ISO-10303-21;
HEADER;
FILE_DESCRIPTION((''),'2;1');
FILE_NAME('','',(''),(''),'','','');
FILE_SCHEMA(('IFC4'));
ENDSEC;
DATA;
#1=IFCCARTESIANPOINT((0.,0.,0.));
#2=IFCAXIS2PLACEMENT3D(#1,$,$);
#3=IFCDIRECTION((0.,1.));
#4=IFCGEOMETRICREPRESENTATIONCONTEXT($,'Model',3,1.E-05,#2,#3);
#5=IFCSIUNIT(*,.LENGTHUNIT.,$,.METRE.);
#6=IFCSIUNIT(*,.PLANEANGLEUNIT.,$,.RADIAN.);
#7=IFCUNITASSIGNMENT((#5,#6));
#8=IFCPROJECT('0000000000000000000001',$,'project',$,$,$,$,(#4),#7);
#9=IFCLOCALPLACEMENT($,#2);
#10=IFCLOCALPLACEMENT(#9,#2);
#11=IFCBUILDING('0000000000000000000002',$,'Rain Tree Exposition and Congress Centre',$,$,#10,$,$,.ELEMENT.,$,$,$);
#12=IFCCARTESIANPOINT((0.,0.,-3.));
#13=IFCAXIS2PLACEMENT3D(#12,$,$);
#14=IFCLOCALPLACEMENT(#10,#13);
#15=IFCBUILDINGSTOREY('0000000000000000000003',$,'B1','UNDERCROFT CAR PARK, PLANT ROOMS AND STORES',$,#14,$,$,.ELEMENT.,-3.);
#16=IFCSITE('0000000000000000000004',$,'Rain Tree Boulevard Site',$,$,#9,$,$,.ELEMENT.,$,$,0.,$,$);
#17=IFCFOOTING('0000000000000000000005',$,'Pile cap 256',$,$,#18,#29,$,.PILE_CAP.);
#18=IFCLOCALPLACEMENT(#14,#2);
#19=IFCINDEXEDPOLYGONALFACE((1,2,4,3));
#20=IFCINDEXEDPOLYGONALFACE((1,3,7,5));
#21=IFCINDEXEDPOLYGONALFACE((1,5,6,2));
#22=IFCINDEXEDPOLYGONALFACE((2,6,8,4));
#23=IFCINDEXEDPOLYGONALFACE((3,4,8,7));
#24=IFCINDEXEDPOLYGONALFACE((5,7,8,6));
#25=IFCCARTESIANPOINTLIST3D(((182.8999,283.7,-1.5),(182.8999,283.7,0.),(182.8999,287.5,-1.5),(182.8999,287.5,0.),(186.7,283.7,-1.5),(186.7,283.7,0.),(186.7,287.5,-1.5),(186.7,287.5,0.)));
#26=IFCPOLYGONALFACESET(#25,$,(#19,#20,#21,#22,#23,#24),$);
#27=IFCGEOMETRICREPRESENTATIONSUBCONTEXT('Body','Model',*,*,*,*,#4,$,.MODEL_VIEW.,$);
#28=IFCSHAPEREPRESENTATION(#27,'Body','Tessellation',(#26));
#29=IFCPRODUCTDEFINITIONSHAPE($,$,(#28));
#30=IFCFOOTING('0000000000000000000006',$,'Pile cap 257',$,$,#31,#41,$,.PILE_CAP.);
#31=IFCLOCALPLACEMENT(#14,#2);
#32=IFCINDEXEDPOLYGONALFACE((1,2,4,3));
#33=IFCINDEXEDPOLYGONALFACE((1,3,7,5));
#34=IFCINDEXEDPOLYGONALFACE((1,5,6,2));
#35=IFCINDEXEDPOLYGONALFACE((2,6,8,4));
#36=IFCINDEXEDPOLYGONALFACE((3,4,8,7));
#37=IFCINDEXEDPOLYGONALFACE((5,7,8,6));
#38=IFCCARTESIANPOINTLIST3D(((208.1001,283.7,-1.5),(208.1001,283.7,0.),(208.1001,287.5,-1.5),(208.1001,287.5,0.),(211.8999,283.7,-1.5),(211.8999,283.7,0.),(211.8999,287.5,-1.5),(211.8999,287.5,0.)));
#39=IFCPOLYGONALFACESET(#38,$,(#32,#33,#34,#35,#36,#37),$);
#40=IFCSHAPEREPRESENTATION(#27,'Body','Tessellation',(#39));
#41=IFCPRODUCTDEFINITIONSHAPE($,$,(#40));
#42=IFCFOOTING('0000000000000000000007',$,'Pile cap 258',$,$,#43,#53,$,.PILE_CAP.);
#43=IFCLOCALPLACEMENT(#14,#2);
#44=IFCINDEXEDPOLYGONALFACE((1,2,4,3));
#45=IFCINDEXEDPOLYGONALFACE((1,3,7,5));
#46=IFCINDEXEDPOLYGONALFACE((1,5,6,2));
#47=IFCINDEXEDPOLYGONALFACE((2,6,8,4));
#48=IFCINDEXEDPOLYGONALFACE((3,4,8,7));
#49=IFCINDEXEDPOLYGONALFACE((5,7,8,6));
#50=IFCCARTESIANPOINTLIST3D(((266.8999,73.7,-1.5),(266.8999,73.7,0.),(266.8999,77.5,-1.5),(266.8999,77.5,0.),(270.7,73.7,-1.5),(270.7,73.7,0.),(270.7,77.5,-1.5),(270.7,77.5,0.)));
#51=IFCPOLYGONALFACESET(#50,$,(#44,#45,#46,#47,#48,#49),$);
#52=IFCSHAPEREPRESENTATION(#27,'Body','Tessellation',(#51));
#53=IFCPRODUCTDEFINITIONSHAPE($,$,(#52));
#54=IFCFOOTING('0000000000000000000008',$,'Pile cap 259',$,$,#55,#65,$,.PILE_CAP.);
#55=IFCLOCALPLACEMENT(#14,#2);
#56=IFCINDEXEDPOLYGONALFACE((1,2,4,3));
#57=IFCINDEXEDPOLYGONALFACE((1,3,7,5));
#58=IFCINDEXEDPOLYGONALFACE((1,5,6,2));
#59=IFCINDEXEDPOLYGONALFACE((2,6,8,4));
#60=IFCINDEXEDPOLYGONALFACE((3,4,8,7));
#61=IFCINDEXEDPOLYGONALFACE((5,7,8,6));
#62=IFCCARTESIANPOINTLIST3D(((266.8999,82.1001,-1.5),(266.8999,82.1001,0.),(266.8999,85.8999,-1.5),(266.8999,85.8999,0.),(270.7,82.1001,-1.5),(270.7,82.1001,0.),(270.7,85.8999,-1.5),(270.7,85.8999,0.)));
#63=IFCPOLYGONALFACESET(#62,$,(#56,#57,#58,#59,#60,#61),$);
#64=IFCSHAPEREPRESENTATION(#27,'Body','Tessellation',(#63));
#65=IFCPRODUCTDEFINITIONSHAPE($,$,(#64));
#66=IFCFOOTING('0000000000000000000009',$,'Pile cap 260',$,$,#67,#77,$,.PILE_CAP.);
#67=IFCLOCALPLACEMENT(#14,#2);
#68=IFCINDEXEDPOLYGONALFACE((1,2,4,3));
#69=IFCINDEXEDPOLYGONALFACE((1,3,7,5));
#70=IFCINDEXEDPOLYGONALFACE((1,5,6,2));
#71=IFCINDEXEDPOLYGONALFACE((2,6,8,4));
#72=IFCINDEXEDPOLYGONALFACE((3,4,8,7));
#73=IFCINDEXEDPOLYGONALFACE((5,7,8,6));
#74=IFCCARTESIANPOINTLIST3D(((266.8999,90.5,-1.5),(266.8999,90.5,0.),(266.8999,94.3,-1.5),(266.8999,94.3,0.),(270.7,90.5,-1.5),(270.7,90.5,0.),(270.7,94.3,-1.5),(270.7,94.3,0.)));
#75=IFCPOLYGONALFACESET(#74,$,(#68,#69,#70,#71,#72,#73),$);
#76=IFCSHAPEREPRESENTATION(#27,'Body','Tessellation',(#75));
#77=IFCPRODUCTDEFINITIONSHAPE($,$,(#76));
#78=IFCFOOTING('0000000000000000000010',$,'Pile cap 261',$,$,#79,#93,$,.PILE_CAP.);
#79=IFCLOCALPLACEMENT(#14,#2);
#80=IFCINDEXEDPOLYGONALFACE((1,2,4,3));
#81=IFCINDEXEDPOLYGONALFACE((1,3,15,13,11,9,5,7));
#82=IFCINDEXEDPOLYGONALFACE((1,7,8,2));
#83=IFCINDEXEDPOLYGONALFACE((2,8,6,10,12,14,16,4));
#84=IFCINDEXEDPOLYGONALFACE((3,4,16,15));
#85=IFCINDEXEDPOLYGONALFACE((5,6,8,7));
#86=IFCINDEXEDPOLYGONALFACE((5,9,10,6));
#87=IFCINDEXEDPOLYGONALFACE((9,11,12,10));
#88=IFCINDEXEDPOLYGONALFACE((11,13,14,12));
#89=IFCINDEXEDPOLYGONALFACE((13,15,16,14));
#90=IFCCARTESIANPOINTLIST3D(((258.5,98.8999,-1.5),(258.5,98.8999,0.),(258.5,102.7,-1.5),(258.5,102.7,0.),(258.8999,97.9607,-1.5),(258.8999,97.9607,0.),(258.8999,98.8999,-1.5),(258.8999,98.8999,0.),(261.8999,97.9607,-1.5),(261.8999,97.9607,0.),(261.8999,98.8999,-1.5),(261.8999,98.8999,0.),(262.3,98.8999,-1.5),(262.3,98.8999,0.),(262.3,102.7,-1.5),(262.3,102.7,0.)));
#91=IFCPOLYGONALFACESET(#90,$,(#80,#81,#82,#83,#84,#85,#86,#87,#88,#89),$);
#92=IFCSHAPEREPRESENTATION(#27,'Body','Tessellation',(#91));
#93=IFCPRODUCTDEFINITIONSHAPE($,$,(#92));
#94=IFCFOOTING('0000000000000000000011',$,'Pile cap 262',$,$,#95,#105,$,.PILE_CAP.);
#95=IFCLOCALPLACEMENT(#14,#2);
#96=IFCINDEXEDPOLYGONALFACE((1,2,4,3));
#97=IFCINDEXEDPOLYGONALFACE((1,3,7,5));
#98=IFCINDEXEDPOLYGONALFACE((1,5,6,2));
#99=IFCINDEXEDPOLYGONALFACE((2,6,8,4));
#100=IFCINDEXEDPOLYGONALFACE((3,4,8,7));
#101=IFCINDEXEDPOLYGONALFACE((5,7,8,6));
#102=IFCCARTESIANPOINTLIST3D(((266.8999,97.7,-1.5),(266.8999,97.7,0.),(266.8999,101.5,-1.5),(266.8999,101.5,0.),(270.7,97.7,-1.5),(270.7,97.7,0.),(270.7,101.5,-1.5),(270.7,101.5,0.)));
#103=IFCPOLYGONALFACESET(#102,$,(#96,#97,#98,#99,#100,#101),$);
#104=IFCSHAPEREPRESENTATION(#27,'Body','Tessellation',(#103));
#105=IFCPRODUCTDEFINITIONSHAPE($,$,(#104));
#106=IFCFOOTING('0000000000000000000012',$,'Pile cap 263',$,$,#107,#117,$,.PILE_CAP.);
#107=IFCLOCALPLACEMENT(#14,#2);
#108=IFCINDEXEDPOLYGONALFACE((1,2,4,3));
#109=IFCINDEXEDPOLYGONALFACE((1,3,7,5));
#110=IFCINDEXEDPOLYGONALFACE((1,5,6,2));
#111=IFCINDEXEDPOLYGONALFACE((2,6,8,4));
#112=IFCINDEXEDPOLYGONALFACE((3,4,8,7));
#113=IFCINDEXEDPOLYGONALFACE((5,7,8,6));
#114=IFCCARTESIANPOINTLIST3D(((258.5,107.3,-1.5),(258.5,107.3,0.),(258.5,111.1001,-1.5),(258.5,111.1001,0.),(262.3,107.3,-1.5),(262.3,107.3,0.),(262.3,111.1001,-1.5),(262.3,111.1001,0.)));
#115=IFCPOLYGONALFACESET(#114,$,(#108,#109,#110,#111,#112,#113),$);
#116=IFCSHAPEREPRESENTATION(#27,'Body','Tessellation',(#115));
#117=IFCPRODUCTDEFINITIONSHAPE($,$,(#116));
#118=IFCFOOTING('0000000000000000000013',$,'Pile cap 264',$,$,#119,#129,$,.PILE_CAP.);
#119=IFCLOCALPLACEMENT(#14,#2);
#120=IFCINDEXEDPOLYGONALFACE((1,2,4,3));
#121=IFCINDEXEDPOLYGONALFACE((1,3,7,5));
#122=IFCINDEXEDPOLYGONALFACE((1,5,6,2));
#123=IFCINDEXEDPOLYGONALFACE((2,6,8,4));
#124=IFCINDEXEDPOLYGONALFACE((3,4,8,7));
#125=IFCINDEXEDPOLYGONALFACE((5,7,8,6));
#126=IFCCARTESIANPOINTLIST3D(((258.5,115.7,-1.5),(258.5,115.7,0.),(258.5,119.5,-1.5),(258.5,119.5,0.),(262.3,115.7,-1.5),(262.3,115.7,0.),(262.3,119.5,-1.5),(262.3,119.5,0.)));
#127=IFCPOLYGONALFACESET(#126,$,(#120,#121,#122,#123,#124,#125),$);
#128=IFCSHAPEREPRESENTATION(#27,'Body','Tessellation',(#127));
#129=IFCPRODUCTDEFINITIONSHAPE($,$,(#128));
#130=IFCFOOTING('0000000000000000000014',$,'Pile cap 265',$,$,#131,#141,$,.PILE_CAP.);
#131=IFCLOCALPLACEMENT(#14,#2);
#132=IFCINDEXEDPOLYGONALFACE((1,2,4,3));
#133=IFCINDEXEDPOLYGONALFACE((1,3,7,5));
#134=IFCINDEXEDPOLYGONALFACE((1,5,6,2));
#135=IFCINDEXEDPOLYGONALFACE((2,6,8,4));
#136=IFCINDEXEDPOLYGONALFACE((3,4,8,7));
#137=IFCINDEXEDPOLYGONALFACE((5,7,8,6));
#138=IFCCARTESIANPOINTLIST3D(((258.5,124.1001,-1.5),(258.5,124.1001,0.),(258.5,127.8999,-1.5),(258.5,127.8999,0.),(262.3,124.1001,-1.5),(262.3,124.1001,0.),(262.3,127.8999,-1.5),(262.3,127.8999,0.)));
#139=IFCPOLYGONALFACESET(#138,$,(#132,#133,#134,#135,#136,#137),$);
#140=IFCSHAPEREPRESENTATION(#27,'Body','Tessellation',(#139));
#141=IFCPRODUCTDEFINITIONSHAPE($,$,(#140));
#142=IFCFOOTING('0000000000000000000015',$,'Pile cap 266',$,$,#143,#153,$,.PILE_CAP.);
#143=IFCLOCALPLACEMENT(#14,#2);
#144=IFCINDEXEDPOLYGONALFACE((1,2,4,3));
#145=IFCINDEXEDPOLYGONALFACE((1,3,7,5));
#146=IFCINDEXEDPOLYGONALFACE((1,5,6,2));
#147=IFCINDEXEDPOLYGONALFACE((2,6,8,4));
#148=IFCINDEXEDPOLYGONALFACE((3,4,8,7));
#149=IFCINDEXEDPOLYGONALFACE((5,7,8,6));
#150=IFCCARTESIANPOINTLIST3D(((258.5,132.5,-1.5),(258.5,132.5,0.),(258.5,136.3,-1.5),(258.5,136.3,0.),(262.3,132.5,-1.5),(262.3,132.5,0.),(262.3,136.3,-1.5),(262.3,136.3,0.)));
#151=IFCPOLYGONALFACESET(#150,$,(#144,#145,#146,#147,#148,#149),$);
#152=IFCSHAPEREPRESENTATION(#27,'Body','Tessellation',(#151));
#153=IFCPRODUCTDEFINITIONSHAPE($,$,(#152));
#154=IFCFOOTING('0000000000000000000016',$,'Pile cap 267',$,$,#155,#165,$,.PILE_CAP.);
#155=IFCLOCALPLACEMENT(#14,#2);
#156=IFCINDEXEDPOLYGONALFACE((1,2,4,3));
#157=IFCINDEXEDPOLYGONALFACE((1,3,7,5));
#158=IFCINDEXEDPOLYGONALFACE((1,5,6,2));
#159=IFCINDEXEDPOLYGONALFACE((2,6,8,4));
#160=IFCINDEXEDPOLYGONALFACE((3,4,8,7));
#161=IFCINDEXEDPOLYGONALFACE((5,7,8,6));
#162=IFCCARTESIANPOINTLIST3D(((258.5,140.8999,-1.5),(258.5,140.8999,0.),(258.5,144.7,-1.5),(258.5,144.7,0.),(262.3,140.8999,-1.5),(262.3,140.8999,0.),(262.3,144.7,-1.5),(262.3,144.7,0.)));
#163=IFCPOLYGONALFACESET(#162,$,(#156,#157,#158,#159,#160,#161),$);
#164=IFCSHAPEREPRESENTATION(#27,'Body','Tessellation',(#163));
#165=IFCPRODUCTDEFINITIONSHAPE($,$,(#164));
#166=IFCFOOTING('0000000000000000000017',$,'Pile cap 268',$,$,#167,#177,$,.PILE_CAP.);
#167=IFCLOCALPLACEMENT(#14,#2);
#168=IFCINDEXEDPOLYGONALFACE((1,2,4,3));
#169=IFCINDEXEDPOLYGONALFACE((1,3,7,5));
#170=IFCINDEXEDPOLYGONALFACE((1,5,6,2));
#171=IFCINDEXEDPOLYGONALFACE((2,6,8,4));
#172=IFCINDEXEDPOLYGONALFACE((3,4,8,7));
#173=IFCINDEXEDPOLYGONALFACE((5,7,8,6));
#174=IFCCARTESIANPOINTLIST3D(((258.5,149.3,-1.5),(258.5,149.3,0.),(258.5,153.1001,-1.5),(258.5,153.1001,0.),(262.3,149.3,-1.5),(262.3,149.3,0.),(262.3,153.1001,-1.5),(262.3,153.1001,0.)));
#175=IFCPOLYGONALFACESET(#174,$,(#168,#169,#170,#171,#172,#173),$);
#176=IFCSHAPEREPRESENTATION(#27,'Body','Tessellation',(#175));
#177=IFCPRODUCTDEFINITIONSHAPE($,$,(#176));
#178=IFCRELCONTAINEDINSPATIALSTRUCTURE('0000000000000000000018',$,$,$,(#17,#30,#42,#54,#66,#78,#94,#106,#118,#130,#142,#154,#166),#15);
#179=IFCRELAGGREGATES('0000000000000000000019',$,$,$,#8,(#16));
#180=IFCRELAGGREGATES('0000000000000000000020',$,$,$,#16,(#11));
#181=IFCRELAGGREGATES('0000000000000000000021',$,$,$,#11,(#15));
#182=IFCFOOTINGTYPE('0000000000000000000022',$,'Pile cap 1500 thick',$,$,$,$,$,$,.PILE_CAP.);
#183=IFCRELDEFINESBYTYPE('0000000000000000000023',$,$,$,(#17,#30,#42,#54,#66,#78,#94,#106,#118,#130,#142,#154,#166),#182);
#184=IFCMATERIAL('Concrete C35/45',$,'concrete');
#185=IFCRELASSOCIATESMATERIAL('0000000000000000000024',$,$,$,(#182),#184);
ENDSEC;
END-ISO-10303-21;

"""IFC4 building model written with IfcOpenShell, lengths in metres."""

from ifc_helpers import new_model, si_unit, direction, frame, origin, place, context, subcontext, project, spatial, polyline, outline, extrude, material, type_object, element, save


model = new_model("IFC4")

# Units and contexts
model_context = context("Model", 3, precision=1e-05, world=origin(), true_north=direction((0.0, 1.0)))
body_context = subcontext(model_context, "Body", "Model", "MODEL_VIEW")
ifc_project = project(units=[si_unit("LENGTHUNIT", "METRE"), si_unit("PLANEANGLEUNIT", "RADIAN")], contexts=[model_context])

# Site, building, storey
site_placement = place(None, origin())
site = spatial("IfcSite", under=ifc_project, at=site_placement, Name="Rain Tree Boulevard Site", CompositionType="ELEMENT", RefElevation=0.0)
building_placement = place(site_placement, origin())
building = spatial("IfcBuilding", under=site, at=building_placement, Name="Rain Tree Exposition and Congress Centre", CompositionType="ELEMENT")
storey_placement = place(building_placement, frame((0.0, 0.0, -3.0)))
storey = spatial("IfcBuildingStorey", under=building, at=storey_placement, Name="B1", Description="UNDERCROFT CAR PARK, PLANT ROOMS AND STORES", CompositionType="ELEMENT", Elevation=-3.0)

# Footings
ifc_material_1 = material(Name="Concrete C35/45", Category="concrete")
footing_type_1 = type_object("IfcFootingType", Name="Pile cap 1500 thick", PredefinedType="PILE_CAP", material=ifc_material_1)
footing_1_placement = place(storey_placement, frame((0.0, 0.0, -1.5)))
element("IfcFooting", 1, at=footing_1_placement, inside=storey, type_object=footing_type_1, Name="Pile cap 256", PredefinedType="PILE_CAP", context=body_context, shape_type="SweptSolid", body=[
    extrude(outline(polyline([(186.7, 283.7), (186.7, 287.5), (182.8999, 287.5), (182.8999, 283.7), (186.7, 283.7)])), origin(), (0.0, 0.0, 1.0), 1.5),
])
footing_2_placement = place(storey_placement, frame((0.0, 0.0, -1.5)))
element("IfcFooting", 2, at=footing_2_placement, inside=storey, type_object=footing_type_1, Name="Pile cap 257", PredefinedType="PILE_CAP", context=body_context, shape_type="SweptSolid", body=[
    extrude(outline(polyline([(211.8999, 283.7), (211.8999, 287.5), (208.1001, 287.5), (208.1001, 283.7), (211.8999, 283.7)])), origin(), (0.0, 0.0, 1.0), 1.5),
])
footing_3_placement = place(storey_placement, frame((0.0, 0.0, -1.5)))
element("IfcFooting", 3, at=footing_3_placement, inside=storey, type_object=footing_type_1, Name="Pile cap 258", PredefinedType="PILE_CAP", context=body_context, shape_type="SweptSolid", body=[
    extrude(outline(polyline([(270.7, 73.7), (270.7, 77.5), (266.8999, 77.5), (266.8999, 73.7), (270.7, 73.7)])), origin(), (0.0, 0.0, 1.0), 1.5),
])
footing_4_placement = place(storey_placement, frame((0.0, 0.0, -1.5)))
element("IfcFooting", 4, at=footing_4_placement, inside=storey, type_object=footing_type_1, Name="Pile cap 259", PredefinedType="PILE_CAP", context=body_context, shape_type="SweptSolid", body=[
    extrude(outline(polyline([(270.7, 82.1001), (270.7, 85.8999), (266.8999, 85.8999), (266.8999, 82.1001), (270.7, 82.1001)])), origin(), (0.0, 0.0, 1.0), 1.5),
])
footing_5_placement = place(storey_placement, frame((0.0, 0.0, -1.5)))
element("IfcFooting", 5, at=footing_5_placement, inside=storey, type_object=footing_type_1, Name="Pile cap 260", PredefinedType="PILE_CAP", context=body_context, shape_type="SweptSolid", body=[
    extrude(outline(polyline([(270.7, 90.5), (270.7, 94.3), (266.8999, 94.3), (266.8999, 90.5), (270.7, 90.5)])), origin(), (0.0, 0.0, 1.0), 1.5),
])
footing_6_placement = place(storey_placement, frame((0.0, 0.0, -1.5)))
element("IfcFooting", 6, at=footing_6_placement, inside=storey, type_object=footing_type_1, Name="Pile cap 261", PredefinedType="PILE_CAP", context=body_context, shape_type="SweptSolid", body=[
    extrude(outline(polyline([(261.8999, 97.9607), (261.8999, 98.8999), (262.3, 98.8999), (262.3, 102.7), (258.5, 102.7), (258.5, 98.8999), (258.8999, 98.8999), (258.8999, 97.9607), (261.8999, 97.9607)])), origin(), (0.0, 0.0, 1.0), 1.5),
])
footing_7_placement = place(storey_placement, frame((0.0, 0.0, -1.5)))
element("IfcFooting", 7, at=footing_7_placement, inside=storey, type_object=footing_type_1, Name="Pile cap 262", PredefinedType="PILE_CAP", context=body_context, shape_type="SweptSolid", body=[
    extrude(outline(polyline([(270.7, 97.7), (270.7, 101.5), (266.8999, 101.5), (266.8999, 97.7), (270.7, 97.7)])), origin(), (0.0, 0.0, 1.0), 1.5),
])
footing_8_placement = place(storey_placement, frame((0.0, 0.0, -1.5)))
element("IfcFooting", 8, at=footing_8_placement, inside=storey, type_object=footing_type_1, Name="Pile cap 263", PredefinedType="PILE_CAP", context=body_context, shape_type="SweptSolid", body=[
    extrude(outline(polyline([(262.3, 107.3), (262.3, 111.1001), (258.5, 111.1001), (258.5, 107.3), (262.3, 107.3)])), origin(), (0.0, 0.0, 1.0), 1.5),
])
footing_9_placement = place(storey_placement, frame((0.0, 0.0, -1.5)))
element("IfcFooting", 9, at=footing_9_placement, inside=storey, type_object=footing_type_1, Name="Pile cap 264", PredefinedType="PILE_CAP", context=body_context, shape_type="SweptSolid", body=[
    extrude(outline(polyline([(262.3, 115.7), (262.3, 119.5), (258.5, 119.5), (258.5, 115.7), (262.3, 115.7)])), origin(), (0.0, 0.0, 1.0), 1.5),
])
footing_10_placement = place(storey_placement, frame((0.0, 0.0, -1.5)))
element("IfcFooting", 10, at=footing_10_placement, inside=storey, type_object=footing_type_1, Name="Pile cap 265", PredefinedType="PILE_CAP", context=body_context, shape_type="SweptSolid", body=[
    extrude(outline(polyline([(262.3, 124.1001), (262.3, 127.8999), (258.5, 127.8999), (258.5, 124.1001), (262.3, 124.1001)])), origin(), (0.0, 0.0, 1.0), 1.5),
])
footing_11_placement = place(storey_placement, frame((0.0, 0.0, -1.5)))
element("IfcFooting", 11, at=footing_11_placement, inside=storey, type_object=footing_type_1, Name="Pile cap 266", PredefinedType="PILE_CAP", context=body_context, shape_type="SweptSolid", body=[
    extrude(outline(polyline([(262.3, 132.5), (262.3, 136.3), (258.5, 136.3), (258.5, 132.5), (262.3, 132.5)])), origin(), (0.0, 0.0, 1.0), 1.5),
])
footing_12_placement = place(storey_placement, frame((0.0, 0.0, -1.5)))
element("IfcFooting", 12, at=footing_12_placement, inside=storey, type_object=footing_type_1, Name="Pile cap 267", PredefinedType="PILE_CAP", context=body_context, shape_type="SweptSolid", body=[
    extrude(outline(polyline([(262.3, 140.8999), (262.3, 144.7), (258.5, 144.7), (258.5, 140.8999), (262.3, 140.8999)])), origin(), (0.0, 0.0, 1.0), 1.5),
])
footing_13_placement = place(storey_placement, frame((0.0, 0.0, -1.5)))
element("IfcFooting", 13, at=footing_13_placement, inside=storey, type_object=footing_type_1, Name="Pile cap 268", PredefinedType="PILE_CAP", context=body_context, shape_type="SweptSolid", body=[
    extrude(outline(polyline([(262.3, 149.3), (262.3, 153.1001), (258.5, 153.1001), (258.5, 149.3), (262.3, 149.3)])), origin(), (0.0, 0.0, 1.0), 1.5),
])

save(model, "model.ifc")
